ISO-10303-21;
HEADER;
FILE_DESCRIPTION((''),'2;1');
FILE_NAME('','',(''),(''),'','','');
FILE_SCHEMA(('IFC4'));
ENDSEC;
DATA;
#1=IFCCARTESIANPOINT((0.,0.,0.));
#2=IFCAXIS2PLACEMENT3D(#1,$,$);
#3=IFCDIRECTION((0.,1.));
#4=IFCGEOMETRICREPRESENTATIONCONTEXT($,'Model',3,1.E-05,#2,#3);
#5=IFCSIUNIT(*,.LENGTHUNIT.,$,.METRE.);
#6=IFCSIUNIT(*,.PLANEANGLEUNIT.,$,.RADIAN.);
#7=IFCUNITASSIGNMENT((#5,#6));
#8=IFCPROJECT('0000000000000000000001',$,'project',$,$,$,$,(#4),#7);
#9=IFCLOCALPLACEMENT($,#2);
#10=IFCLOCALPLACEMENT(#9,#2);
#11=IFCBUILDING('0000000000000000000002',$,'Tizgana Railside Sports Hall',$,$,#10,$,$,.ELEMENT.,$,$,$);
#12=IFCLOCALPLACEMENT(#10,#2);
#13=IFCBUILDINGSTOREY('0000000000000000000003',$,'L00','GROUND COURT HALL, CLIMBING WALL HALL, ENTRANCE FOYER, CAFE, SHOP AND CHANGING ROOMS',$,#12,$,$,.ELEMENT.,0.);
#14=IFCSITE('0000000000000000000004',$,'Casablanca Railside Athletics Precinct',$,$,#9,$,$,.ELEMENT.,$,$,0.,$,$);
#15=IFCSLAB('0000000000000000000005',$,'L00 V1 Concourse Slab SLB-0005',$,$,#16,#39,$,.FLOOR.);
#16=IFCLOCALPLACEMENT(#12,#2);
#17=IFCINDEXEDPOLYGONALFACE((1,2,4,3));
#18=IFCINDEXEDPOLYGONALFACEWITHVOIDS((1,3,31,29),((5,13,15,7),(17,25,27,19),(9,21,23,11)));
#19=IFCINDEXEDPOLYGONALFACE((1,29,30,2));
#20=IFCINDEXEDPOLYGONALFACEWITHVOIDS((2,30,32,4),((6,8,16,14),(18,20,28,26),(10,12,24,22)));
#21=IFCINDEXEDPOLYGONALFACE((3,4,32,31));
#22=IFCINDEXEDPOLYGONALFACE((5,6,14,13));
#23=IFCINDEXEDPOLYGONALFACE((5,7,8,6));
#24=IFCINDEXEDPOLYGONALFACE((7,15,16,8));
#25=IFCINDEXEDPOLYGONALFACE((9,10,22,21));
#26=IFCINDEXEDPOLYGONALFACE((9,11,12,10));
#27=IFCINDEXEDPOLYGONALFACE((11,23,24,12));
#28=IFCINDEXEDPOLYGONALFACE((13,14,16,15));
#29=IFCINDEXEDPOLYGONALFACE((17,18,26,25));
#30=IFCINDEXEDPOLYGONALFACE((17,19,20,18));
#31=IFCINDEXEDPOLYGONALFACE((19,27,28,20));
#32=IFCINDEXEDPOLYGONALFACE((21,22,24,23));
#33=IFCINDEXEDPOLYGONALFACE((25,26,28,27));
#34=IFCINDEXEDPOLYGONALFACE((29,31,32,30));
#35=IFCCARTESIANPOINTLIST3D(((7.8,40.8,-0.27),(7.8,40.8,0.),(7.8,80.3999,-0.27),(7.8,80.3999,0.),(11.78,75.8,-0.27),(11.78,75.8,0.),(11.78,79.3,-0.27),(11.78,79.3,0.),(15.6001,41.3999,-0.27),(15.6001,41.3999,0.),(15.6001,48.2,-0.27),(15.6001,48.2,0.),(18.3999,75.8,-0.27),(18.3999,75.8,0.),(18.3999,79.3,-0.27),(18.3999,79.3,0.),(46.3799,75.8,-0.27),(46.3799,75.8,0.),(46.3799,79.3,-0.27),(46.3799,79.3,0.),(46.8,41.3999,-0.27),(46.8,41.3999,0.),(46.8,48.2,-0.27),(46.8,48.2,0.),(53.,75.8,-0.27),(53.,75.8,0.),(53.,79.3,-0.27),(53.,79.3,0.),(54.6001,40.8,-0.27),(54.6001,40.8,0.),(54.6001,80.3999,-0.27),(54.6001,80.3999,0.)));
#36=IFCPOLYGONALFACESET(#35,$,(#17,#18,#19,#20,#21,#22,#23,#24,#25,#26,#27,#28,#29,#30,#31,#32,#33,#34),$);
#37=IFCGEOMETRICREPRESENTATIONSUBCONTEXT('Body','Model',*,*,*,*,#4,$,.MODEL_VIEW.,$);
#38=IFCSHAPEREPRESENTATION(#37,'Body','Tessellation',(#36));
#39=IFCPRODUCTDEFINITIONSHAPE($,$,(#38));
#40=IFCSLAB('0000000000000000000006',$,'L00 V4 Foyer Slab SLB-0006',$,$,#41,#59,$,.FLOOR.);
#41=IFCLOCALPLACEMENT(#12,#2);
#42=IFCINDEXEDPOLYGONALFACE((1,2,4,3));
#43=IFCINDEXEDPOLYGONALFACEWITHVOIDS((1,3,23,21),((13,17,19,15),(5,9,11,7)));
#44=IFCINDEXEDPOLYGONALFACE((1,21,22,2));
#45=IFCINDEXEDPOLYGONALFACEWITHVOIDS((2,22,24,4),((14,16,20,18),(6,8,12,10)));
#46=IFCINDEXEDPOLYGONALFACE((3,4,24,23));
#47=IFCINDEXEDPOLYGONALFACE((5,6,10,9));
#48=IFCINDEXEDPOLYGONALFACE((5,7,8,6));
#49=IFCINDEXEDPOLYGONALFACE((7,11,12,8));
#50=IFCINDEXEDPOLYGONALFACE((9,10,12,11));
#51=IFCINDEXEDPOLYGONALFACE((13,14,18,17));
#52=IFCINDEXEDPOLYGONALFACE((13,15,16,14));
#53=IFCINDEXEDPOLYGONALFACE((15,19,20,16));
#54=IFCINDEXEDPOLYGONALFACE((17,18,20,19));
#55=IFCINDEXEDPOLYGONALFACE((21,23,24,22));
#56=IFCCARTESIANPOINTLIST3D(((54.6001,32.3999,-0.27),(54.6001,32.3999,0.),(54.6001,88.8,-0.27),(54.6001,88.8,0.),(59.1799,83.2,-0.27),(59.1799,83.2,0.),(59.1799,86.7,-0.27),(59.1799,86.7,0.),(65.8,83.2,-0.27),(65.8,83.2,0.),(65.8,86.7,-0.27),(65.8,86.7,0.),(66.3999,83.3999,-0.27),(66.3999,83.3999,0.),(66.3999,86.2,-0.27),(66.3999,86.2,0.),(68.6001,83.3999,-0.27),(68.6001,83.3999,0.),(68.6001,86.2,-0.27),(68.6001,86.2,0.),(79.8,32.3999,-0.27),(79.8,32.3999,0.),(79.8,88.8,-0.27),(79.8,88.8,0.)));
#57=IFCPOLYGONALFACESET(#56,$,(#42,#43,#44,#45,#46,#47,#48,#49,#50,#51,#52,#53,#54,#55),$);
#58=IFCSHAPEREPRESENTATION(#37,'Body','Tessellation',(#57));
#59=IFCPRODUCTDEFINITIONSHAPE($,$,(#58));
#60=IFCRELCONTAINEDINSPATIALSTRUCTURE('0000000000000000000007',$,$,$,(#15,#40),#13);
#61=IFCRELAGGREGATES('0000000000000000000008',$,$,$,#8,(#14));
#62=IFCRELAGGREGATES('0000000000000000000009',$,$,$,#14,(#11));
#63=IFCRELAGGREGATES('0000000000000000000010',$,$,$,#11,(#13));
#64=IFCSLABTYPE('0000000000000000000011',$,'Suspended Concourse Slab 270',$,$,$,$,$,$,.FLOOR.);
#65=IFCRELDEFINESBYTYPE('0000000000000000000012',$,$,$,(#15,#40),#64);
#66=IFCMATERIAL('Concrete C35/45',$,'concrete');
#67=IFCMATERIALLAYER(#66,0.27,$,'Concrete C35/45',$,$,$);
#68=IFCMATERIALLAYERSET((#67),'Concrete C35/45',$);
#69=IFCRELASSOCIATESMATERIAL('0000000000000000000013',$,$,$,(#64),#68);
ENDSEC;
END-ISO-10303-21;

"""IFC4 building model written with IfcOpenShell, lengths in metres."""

from ifc_helpers import new_model, si_unit, direction, frame, origin, place, context, subcontext, project, spatial, polyline, outline, extrude, material, layer, layer_set, type_object, element, save


model = new_model("IFC4")

# Units and contexts
model_context = context("Model", 3, precision=1e-05, world=origin(), true_north=direction((0.0, 1.0)))
body_context = subcontext(model_context, "Body", "Model", "MODEL_VIEW")
ifc_project = project(units=[si_unit("LENGTHUNIT", "METRE"), si_unit("PLANEANGLEUNIT", "RADIAN")], contexts=[model_context])

# Site, building, storey
site_placement = place(None, origin())
site = spatial("IfcSite", under=ifc_project, at=site_placement, Name="Casablanca Railside Athletics Precinct", CompositionType="ELEMENT", RefElevation=0.0)
building_placement = place(site_placement, origin())
building = spatial("IfcBuilding", under=site, at=building_placement, Name="Tizgana Railside Sports Hall", CompositionType="ELEMENT")
storey_placement = place(building_placement, origin())
storey = spatial("IfcBuildingStorey", under=building, at=storey_placement, Name="L00", Description="GROUND COURT HALL, CLIMBING WALL HALL, ENTRANCE FOYER, CAFE, SHOP AND CHANGING ROOMS", CompositionType="ELEMENT", Elevation=0.0)

# Slabs
ifc_material = material(Name="Concrete C35/45", Category="concrete")
ifc_layer_1 = layer(ifc_material, 0.27, Name="Concrete C35/45")
ifc_layer_set_1 = layer_set([ifc_layer_1], Name="Concrete C35/45")
slab_type_1 = type_object("IfcSlabType", Name="Suspended Concourse Slab 270", PredefinedType="FLOOR", material=ifc_layer_set_1)
slab_1_placement = place(storey_placement, frame((0.0, 0.0, -0.27)))
element("IfcSlab", 1, at=slab_1_placement, inside=storey, type_object=slab_type_1, Name="L00 V1 Concourse Slab SLB-0005", PredefinedType="FLOOR", context=body_context, shape_type="SweptSolid", body=[
    extrude(outline(polyline([(7.8, 40.8), (54.6001, 40.8), (54.6001, 80.3999), (7.8, 80.3999), (7.8, 40.8)]), holes=[polyline([(46.3799, 75.8), (53.0, 75.8), (53.0, 79.3), (46.3799, 79.3), (46.3799, 75.8)]), polyline([(11.78, 75.8), (18.3999, 75.8), (18.3999, 79.3), (11.78, 79.3), (11.78, 75.8)]), polyline([(15.6001, 41.3999), (46.8, 41.3999), (46.8, 48.2), (15.6001, 48.2), (15.6001, 41.3999)])]), origin(), (0.0, 0.0, 1.0), 0.27),
])
slab_2_placement = place(storey_placement, frame((0.0, 0.0, -0.27)))
element("IfcSlab", 2, at=slab_2_placement, inside=storey, type_object=slab_type_1, Name="L00 V4 Foyer Slab SLB-0006", PredefinedType="FLOOR", context=body_context, shape_type="SweptSolid", body=[
    extrude(outline(polyline([(54.6001, 32.3999), (79.8, 32.3999), (79.8, 88.8), (54.6001, 88.8), (54.6001, 32.3999)]), holes=[polyline([(59.1799, 83.2), (65.8, 83.2), (65.8, 86.7), (59.1799, 86.7), (59.1799, 83.2)]), polyline([(66.3999, 83.3999), (68.6001, 83.3999), (68.6001, 86.2), (66.3999, 86.2), (66.3999, 83.3999)])]), origin(), (0.0, 0.0, 1.0), 0.27),
])

save(model, "model.ifc")
